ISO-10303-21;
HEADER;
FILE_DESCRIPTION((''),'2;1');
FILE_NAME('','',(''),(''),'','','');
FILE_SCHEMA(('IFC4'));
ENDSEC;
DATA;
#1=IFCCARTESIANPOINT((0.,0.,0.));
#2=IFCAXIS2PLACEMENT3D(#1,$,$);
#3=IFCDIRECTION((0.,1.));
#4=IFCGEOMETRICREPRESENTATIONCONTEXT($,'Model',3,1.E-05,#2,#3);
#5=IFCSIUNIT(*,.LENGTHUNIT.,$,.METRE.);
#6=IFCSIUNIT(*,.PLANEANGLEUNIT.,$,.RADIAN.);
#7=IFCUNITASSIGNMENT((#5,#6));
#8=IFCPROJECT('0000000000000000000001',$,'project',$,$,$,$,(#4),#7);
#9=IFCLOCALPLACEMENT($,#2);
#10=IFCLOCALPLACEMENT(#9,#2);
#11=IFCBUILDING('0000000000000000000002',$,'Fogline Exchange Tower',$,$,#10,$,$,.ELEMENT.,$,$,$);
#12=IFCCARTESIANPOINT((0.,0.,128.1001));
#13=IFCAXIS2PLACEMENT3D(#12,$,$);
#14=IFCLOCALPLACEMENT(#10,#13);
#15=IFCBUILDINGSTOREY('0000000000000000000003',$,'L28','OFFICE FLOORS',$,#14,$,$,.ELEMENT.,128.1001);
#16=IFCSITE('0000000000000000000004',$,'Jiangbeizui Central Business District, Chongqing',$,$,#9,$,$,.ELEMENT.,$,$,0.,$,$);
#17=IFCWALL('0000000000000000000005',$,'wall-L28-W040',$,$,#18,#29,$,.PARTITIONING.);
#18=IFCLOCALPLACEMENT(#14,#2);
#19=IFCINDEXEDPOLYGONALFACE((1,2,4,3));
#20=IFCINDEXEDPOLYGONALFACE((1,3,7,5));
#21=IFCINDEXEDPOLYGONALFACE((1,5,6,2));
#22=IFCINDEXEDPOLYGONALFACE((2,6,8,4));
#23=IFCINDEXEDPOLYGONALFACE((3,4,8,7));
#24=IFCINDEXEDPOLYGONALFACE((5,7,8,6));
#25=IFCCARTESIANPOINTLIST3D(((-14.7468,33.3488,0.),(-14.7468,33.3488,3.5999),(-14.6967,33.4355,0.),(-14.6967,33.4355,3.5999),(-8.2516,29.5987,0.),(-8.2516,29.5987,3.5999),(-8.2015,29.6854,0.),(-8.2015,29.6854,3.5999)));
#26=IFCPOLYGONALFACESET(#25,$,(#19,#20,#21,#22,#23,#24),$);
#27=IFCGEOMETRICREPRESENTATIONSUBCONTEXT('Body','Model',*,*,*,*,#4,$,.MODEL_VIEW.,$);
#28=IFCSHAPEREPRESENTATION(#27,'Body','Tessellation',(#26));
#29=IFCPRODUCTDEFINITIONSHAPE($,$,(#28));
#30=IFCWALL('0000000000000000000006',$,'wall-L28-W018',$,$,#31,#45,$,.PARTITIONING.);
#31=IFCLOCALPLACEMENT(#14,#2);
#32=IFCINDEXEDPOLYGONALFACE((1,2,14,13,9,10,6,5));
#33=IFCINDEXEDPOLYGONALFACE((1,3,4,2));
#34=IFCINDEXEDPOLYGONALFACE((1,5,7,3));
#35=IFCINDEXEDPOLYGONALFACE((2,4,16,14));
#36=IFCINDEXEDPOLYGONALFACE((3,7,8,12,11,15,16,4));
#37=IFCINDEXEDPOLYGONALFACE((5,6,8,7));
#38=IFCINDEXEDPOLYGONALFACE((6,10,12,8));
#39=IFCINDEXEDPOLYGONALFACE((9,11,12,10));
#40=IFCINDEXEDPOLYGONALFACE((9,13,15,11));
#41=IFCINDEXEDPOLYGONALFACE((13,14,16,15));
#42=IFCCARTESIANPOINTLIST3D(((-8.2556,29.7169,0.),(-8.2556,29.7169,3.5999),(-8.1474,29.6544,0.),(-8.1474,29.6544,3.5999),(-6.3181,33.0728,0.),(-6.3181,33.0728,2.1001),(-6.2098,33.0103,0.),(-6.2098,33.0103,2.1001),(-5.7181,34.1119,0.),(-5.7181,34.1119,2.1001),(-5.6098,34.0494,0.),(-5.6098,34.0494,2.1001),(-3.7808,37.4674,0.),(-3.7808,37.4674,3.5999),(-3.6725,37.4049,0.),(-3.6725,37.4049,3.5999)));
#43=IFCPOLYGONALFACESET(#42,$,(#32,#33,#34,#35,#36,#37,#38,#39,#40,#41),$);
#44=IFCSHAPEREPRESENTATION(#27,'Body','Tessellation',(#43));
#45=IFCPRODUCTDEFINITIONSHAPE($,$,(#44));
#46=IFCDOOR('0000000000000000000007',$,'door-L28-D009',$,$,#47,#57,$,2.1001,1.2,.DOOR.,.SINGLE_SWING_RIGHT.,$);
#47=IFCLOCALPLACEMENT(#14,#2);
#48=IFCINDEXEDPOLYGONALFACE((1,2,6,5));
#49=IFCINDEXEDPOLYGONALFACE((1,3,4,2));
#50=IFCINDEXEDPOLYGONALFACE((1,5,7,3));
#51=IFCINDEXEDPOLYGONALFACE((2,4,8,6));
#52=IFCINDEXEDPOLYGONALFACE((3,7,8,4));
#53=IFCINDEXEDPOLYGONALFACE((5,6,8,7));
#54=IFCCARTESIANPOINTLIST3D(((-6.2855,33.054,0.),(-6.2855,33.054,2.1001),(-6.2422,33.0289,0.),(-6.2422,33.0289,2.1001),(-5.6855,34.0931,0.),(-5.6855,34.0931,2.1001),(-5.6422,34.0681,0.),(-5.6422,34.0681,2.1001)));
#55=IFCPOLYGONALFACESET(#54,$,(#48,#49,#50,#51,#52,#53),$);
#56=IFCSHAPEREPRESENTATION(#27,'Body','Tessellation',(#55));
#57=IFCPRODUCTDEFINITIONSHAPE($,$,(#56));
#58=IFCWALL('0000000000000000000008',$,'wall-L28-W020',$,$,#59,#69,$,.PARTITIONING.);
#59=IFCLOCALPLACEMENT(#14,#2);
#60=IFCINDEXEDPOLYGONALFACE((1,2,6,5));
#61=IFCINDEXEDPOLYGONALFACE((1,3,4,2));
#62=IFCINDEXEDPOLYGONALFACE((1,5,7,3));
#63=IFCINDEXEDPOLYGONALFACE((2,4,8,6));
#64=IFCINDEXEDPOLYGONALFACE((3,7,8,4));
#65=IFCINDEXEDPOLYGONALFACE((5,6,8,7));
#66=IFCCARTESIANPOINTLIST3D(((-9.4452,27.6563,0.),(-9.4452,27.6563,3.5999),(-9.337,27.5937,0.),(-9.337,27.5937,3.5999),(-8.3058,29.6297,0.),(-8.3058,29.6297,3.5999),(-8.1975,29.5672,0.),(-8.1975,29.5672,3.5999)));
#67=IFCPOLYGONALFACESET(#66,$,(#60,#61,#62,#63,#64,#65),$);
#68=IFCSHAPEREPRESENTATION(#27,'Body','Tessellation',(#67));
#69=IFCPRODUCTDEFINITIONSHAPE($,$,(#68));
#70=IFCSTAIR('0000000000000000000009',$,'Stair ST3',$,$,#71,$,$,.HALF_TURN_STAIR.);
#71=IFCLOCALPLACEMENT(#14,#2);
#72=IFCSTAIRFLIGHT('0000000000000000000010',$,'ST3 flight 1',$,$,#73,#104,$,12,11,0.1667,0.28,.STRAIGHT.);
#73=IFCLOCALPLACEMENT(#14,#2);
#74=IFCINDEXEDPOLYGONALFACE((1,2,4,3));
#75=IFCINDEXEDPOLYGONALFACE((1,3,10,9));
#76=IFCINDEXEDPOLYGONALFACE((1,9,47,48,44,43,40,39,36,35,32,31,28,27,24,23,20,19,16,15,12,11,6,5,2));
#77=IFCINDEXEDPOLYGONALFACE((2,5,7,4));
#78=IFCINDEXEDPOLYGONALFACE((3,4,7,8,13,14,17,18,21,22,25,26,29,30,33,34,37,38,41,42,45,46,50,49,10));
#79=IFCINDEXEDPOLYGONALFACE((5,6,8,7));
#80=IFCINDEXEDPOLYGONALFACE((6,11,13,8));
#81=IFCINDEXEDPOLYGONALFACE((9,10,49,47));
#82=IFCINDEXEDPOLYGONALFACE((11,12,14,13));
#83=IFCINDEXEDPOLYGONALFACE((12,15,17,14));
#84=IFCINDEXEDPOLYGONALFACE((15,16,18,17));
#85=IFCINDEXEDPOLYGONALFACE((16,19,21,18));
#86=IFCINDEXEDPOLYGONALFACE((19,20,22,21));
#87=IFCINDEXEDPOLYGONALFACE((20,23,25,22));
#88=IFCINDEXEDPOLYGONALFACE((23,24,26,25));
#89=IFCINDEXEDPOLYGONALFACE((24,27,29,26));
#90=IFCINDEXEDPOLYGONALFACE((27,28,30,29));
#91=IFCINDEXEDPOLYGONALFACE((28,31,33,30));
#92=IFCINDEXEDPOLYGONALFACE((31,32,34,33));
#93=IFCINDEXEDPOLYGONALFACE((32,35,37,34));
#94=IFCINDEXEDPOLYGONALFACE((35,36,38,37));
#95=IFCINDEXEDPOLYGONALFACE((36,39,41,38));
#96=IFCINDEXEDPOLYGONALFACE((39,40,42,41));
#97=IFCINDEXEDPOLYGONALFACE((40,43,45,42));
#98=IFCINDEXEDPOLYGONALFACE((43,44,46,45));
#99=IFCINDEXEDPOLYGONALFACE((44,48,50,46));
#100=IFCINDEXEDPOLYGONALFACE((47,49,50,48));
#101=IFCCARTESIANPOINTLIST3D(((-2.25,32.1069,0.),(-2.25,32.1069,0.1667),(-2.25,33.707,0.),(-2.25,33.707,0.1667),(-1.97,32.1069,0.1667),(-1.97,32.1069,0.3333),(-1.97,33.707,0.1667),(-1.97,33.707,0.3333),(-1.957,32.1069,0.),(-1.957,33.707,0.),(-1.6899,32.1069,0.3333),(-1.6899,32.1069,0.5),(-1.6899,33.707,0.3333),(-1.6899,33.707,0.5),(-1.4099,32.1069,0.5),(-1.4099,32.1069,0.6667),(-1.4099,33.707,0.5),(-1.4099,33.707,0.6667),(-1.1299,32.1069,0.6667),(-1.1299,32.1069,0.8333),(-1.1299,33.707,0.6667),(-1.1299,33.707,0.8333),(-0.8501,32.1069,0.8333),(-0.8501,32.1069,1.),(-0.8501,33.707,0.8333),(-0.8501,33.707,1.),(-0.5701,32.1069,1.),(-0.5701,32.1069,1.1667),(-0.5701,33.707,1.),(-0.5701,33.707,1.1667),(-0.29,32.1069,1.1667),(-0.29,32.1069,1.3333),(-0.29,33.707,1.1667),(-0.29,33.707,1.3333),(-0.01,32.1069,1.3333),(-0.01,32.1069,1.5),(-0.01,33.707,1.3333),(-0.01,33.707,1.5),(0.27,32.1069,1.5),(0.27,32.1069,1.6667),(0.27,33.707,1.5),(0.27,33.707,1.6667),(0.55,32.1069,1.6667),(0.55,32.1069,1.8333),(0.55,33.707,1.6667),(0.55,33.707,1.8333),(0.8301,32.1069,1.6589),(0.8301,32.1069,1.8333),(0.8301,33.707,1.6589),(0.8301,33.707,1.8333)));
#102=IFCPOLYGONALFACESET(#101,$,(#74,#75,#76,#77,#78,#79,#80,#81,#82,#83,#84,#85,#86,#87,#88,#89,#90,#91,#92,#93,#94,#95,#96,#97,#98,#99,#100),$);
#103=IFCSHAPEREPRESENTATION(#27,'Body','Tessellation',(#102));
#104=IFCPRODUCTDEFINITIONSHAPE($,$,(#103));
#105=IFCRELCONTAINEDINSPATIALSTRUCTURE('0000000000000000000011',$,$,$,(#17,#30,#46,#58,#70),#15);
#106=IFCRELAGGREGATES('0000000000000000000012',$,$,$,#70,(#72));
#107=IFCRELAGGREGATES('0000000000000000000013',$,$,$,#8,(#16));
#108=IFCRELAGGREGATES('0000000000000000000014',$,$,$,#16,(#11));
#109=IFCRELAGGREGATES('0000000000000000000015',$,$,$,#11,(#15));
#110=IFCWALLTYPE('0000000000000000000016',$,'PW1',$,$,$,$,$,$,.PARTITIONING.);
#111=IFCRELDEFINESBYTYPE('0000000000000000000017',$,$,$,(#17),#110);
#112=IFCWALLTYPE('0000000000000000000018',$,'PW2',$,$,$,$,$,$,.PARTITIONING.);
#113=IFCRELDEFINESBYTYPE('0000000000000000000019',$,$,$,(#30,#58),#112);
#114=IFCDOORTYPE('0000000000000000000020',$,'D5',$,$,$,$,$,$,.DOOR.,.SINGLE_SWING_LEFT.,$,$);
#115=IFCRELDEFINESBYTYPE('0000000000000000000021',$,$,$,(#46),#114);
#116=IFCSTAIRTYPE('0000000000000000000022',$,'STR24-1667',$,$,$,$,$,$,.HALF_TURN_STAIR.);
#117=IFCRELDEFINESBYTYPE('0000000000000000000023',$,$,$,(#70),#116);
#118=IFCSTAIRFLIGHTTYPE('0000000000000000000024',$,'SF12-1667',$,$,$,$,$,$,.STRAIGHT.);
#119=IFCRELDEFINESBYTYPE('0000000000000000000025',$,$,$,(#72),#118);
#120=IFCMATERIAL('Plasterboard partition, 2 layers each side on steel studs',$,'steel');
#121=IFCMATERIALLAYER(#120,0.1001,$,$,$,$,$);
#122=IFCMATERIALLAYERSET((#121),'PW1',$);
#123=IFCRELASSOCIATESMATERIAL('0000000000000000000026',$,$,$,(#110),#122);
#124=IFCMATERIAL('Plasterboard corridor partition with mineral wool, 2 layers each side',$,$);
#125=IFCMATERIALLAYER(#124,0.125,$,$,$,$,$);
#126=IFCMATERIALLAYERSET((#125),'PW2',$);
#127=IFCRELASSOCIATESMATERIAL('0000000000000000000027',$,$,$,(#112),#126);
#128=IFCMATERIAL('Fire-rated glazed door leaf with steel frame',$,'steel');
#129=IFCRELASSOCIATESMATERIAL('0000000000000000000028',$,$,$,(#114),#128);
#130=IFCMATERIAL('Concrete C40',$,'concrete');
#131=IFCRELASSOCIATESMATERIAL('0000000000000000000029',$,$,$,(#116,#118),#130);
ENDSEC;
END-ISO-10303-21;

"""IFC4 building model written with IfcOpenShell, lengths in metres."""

from ifc_helpers import new_model, si_unit, direction, frame, frame_2d, origin, place, context, subcontext, project, spatial, polyline, rectangle, outline, extrude, material, layer, layer_set, type_object, element, fill, aggregate, save


model = new_model("IFC4")

# Units and contexts
model_context = context("Model", 3, precision=1e-05, world=origin(), true_north=direction((0.0, 1.0)))
body_context = subcontext(model_context, "Body", "Model", "MODEL_VIEW")
ifc_project = project(units=[si_unit("LENGTHUNIT", "METRE"), si_unit("PLANEANGLEUNIT", "RADIAN")], contexts=[model_context])

# Site, building, storey
site_placement = place(None, origin())
site = spatial("IfcSite", under=ifc_project, at=site_placement, Name="Jiangbeizui Central Business District, Chongqing", CompositionType="ELEMENT", RefElevation=0.0)
building_placement = place(site_placement, origin())
building = spatial("IfcBuilding", under=site, at=building_placement, Name="Fogline Exchange Tower", CompositionType="ELEMENT")
storey_placement = place(building_placement, frame((0.0, 0.0, 128.1001)))
storey = spatial("IfcBuildingStorey", under=building, at=storey_placement, Name="L28", Description="OFFICE FLOORS", CompositionType="ELEMENT", Elevation=128.1001)

# Shared definitions
ifc_material_1 = material(Name="Concrete C40", Category="concrete")

# Wall
ifc_material_2 = material(Name="Plasterboard partition, 2 layers each side on steel studs", Category="steel")
ifc_layer_1 = layer(ifc_material_2, 0.1001)
ifc_layer_set_1 = layer_set([ifc_layer_1], Name="PW1")
wall_type_1 = type_object("IfcWallType", Name="PW1", PredefinedType="PARTITIONING", material=ifc_layer_set_1)
wall_1_placement = place(storey_placement, frame((-8.2266, 29.6421, 0.0), z_axis=(0.0, 0.0, 1.0), x_axis=(-0.866023, 0.500004, 0.0)))
element("IfcWall", 1, at=wall_1_placement, inside=storey, type_object=wall_type_1, Name="wall-L28-W040", PredefinedType="PARTITIONING", context=body_context, shape_type="SweptSolid", body=[
    extrude(rectangle(XDim=7.5, YDim=0.1001, at=frame_2d((3.75, 0.0))), origin(), (0.0, 0.0, 1.0), 3.5999),
])

# Wall, opening, door
ifc_material_3 = material(Name="Plasterboard corridor partition with mineral wool, 2 layers each side")
ifc_layer_2 = layer(ifc_material_3, 0.125)
ifc_layer_set_2 = layer_set([ifc_layer_2], Name="PW2")
wall_type_2 = type_object("IfcWallType", Name="PW2", PredefinedType="PARTITIONING", material=ifc_layer_set_2)
wall_2_placement = place(storey_placement, frame((-8.2014, 29.6858, 0.0), z_axis=(0.0, 0.0, 1.0), x_axis=(0.500009, 0.86602, 0.0)))
wall_2 = element("IfcWall", 2, at=wall_2_placement, inside=storey, type_object=wall_type_2, Name="wall-L28-W018", PredefinedType="PARTITIONING", context=body_context, shape_type="SweptSolid", body=[
    extrude(rectangle(XDim=8.9495, YDim=0.125, at=frame_2d((4.4746, 0.0))), origin(), (0.0, 0.0, 1.0), 3.5999),
])
opening_1_placement = place(wall_2_placement, frame((3.8748, 0.0, 0.0)))
opening_1 = element("IfcOpeningElement", 3, at=opening_1_placement, cuts=wall_2, PredefinedType="OPENING", context=body_context, shape_type="SweptSolid", body=[
    extrude(rectangle(XDim=1.2, YDim=2.1001, at=frame_2d((0.6001, 1.05))), frame((0.0, 0.0725, 0.0), z_axis=(0.0, -1.0, 0.0), x_axis=(1.0, 0.0, 0.0)), (0.0, 0.0, 1.0), 0.145),
])
ifc_material_4 = material(Name="Fire-rated glazed door leaf with steel frame", Category="steel")
door_type_1 = type_object("IfcDoorType", Name="D5", OperationType="SINGLE_SWING_LEFT", PredefinedType="DOOR", material=ifc_material_4)
door_1_placement = place(opening_1_placement, origin())
door_1 = element("IfcDoor", 4, at=door_1_placement, inside=storey, type_object=door_type_1, Name="door-L28-D009", OperationType="SINGLE_SWING_RIGHT", OverallHeight=2.1001, OverallWidth=1.2, PredefinedType="DOOR", context=body_context, shape_type="SweptSolid", body=[
    extrude(rectangle(XDim=1.2, YDim=2.1001, at=frame_2d((0.6001, 1.05))), frame((0.0, 0.0249, 0.0), z_axis=(0.0, -1.0, 0.0), x_axis=(1.0, 0.0, 0.0)), (0.0, 0.0, 1.0), 0.05),
])
fill(opening_1, door_1)

# Wall
wall_3_placement = place(storey_placement, frame((-9.3911, 27.625, 0.0), z_axis=(0.0, 0.0, 1.0), x_axis=(0.500022, 0.866013, 0.0)))
element("IfcWall", 5, at=wall_3_placement, inside=storey, type_object=wall_type_2, Name="wall-L28-W020", PredefinedType="PARTITIONING", context=body_context, shape_type="SweptSolid", body=[
    extrude(rectangle(XDim=2.2788, YDim=0.125, at=frame_2d((1.1394, 0.0))), origin(), (0.0, 0.0, 1.0), 3.5999),
])

# Stair, stair flight
stair_type = type_object("IfcStairType", Name="STR24-1667", PredefinedType="HALF_TURN_STAIR", material=ifc_material_1)
stair_placement = place(storey_placement, origin())
stair = element("IfcStair", 6, at=stair_placement, inside=storey, type_object=stair_type, Name="Stair ST3", PredefinedType="HALF_TURN_STAIR")
stair_flight_type = type_object("IfcStairFlightType", Name="SF12-1667", PredefinedType="STRAIGHT", material=ifc_material_1)
stair_flight_placement = place(storey_placement, frame((-2.25, 32.907, 0.0), z_axis=(0.0, 0.0, 1.0), x_axis=(1.0, 0.0, 0.0)))
stair_flight = element("IfcStairFlight", 7, at=stair_flight_placement, type_object=stair_flight_type, Name="ST3 flight 1", NumberOfRisers=12, NumberOfTreads=11, PredefinedType="STRAIGHT", RiserHeight=0.1667, TreadLength=0.28, context=body_context, shape_type="SweptSolid", body=[
    extrude(outline(polyline([(0.0, 0.0), (0.0, 0.1667), (0.28, 0.1667), (0.28, 0.3333), (0.5601, 0.3333), (0.5601, 0.5), (0.8401, 0.5), (0.8401, 0.6667), (1.1201, 0.6667), (1.1201, 0.8333), (1.3999, 0.8333), (1.3999, 1.0), (1.6799, 1.0), (1.6799, 1.1667), (1.96, 1.1667), (1.96, 1.3333), (2.24, 1.3333), (2.24, 1.5), (2.52, 1.5), (2.52, 1.6667), (2.8, 1.6667), (2.8, 1.8333), (3.0801, 1.8333), (3.0801, 2.0), (3.0801, 1.6589), (0.293, 0.0), (0.0, 0.0)])), frame((0.0, 0.8, 0.0), z_axis=(0.0, -1.0, 0.0), x_axis=(1.0, 0.0, 0.0)), (0.0, 0.0, 1.0), 1.6001),
])
aggregate(stair, [stair_flight])

save(model, "model.ifc")
